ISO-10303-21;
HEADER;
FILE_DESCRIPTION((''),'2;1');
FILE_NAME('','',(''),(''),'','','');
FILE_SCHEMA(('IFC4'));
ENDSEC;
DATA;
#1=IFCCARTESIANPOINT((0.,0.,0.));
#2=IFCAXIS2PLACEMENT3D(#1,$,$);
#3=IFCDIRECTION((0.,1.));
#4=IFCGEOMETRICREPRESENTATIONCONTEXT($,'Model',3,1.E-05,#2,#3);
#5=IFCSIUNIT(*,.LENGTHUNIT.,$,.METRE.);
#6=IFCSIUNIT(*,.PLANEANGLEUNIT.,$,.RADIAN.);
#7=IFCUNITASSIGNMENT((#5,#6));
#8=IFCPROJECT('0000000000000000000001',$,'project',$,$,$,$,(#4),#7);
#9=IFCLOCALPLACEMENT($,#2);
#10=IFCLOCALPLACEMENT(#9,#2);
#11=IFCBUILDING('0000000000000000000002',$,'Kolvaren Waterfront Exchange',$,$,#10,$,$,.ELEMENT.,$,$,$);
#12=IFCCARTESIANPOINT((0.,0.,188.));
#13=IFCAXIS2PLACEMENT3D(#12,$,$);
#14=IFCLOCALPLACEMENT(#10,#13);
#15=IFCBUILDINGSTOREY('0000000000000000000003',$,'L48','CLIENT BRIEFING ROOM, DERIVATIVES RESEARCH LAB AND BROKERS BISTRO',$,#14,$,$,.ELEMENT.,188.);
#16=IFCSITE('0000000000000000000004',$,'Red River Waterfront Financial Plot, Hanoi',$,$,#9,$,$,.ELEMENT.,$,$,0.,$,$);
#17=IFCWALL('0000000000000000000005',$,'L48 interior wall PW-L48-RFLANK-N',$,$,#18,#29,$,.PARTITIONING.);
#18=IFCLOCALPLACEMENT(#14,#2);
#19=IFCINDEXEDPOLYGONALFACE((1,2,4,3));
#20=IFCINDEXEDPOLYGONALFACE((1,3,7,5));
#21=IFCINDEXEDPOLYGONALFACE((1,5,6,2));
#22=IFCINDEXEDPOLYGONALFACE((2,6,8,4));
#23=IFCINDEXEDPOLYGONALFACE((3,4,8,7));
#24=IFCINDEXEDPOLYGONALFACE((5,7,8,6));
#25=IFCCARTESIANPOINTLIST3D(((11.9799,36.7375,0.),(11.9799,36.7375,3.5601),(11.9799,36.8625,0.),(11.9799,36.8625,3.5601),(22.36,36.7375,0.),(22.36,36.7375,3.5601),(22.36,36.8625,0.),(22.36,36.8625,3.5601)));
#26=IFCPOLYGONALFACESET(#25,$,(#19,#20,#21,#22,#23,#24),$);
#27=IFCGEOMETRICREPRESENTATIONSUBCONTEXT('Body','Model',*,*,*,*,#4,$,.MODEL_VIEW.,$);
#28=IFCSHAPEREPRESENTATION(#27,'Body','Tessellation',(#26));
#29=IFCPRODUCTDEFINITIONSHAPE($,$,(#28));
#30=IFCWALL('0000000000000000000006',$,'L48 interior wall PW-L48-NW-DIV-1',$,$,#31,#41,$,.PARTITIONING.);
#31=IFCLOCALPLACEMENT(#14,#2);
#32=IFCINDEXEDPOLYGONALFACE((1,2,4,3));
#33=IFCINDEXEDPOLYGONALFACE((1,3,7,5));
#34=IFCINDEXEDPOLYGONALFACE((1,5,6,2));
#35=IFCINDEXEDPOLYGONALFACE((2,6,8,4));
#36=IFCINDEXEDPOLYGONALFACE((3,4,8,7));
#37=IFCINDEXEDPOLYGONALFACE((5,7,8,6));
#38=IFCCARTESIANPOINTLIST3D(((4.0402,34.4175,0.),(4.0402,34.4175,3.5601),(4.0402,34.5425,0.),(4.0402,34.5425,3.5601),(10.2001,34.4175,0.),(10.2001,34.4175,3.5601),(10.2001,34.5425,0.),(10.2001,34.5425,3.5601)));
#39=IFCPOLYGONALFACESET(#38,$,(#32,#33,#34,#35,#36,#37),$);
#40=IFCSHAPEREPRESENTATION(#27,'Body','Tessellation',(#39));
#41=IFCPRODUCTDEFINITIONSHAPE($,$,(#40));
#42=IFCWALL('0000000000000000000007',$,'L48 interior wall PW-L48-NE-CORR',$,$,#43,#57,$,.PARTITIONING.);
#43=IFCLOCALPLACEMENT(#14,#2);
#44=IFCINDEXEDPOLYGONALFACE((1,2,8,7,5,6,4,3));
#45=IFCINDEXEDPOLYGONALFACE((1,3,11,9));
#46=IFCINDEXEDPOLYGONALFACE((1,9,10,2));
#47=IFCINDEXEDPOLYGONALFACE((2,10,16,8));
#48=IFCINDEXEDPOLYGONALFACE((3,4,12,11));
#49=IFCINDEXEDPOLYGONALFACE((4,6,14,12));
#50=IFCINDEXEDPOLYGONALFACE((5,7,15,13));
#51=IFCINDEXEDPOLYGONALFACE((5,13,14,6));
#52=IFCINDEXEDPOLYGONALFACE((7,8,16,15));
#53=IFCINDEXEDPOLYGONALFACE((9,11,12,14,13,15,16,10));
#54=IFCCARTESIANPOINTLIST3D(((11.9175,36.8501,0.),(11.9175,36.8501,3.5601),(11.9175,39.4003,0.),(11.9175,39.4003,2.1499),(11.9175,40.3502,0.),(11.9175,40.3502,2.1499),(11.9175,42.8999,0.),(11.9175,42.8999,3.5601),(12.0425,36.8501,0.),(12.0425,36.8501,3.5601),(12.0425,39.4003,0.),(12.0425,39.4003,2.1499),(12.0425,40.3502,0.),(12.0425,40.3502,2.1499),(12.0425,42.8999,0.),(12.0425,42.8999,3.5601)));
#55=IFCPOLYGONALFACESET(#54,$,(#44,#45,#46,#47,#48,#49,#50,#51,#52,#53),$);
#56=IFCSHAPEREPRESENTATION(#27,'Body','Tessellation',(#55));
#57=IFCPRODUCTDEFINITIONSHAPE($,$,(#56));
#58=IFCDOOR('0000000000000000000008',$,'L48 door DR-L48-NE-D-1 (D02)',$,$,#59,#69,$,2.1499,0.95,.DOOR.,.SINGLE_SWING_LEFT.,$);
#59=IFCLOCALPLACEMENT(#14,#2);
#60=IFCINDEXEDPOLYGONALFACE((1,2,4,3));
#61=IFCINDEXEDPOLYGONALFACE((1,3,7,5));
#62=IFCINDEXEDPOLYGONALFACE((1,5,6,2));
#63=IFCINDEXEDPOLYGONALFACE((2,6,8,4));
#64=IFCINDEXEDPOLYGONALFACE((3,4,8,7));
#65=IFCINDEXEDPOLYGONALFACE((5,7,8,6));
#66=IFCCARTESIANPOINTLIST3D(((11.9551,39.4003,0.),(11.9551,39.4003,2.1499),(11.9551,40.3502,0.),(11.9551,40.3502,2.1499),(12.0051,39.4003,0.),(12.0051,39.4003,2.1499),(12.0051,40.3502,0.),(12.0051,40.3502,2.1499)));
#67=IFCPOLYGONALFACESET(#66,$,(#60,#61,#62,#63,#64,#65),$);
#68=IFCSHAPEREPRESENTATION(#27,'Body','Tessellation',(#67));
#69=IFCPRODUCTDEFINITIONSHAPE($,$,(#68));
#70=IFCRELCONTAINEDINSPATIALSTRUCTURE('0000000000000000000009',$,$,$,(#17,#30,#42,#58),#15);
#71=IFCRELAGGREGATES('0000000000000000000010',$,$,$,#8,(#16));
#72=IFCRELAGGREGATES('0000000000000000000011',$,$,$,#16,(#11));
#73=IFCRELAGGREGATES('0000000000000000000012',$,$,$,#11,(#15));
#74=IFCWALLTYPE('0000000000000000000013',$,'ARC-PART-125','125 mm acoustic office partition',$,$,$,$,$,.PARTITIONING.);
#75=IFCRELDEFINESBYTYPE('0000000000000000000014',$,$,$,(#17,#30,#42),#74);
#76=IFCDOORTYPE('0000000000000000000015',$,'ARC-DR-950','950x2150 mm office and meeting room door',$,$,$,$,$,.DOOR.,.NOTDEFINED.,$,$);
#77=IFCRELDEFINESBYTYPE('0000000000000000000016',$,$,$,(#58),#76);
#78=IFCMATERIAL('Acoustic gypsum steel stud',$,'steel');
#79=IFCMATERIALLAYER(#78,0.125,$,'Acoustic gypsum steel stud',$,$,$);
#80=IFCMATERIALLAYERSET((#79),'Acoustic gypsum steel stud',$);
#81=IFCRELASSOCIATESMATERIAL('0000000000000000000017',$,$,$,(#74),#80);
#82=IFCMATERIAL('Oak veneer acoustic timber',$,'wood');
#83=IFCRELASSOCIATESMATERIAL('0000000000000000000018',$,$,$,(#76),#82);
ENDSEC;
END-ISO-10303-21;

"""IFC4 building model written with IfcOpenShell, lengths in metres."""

from ifc_helpers import new_model, si_unit, direction, frame, frame_2d, origin, place, context, subcontext, project, spatial, rectangle, extrude, material, layer, layer_set, type_object, element, fill, save


model = new_model("IFC4")

# Units and contexts
model_context = context("Model", 3, precision=1e-05, world=origin(), true_north=direction((0.0, 1.0)))
body_context = subcontext(model_context, "Body", "Model", "MODEL_VIEW")
ifc_project = project(units=[si_unit("LENGTHUNIT", "METRE"), si_unit("PLANEANGLEUNIT", "RADIAN")], contexts=[model_context])

# Site, building, storey
site_placement = place(None, origin())
site = spatial("IfcSite", under=ifc_project, at=site_placement, Name="Red River Waterfront Financial Plot, Hanoi", CompositionType="ELEMENT", RefElevation=0.0)
building_placement = place(site_placement, origin())
building = spatial("IfcBuilding", under=site, at=building_placement, Name="Kolvaren Waterfront Exchange", CompositionType="ELEMENT")
storey_placement = place(building_placement, frame((0.0, 0.0, 188.0)))
storey = spatial("IfcBuildingStorey", under=building, at=storey_placement, Name="L48", Description="CLIENT BRIEFING ROOM, DERIVATIVES RESEARCH LAB AND BROKERS BISTRO", CompositionType="ELEMENT", Elevation=188.0)

# Walls
ifc_material_1 = material(Name="Acoustic gypsum steel stud", Category="steel")
ifc_layer_1 = layer(ifc_material_1, 0.125, Name="Acoustic gypsum steel stud")
ifc_layer_set_1 = layer_set([ifc_layer_1], Name="Acoustic gypsum steel stud")
wall_type = type_object("IfcWallType", Name="ARC-PART-125", Description="125 mm acoustic office partition", PredefinedType="PARTITIONING", material=ifc_layer_set_1)
wall_1_placement = place(storey_placement, frame((11.98, 36.8, 0.0), z_axis=(0.0, 0.0, 1.0), x_axis=(1.0, 0.0, 0.0)))
element("IfcWall", 1, at=wall_1_placement, inside=storey, type_object=wall_type, Name="L48 interior wall PW-L48-RFLANK-N", PredefinedType="PARTITIONING", context=body_context, shape_type="SweptSolid", body=[
    extrude(rectangle(XDim=10.3801, YDim=0.125, at=frame_2d((5.1899, 0.0))), origin(), (0.0, 0.0, 1.0), 3.5601),
])
wall_2_placement = place(storey_placement, frame((4.04, 34.48, 0.0), z_axis=(0.0, 0.0, 1.0), x_axis=(1.0, 0.0, 0.0)))
element("IfcWall", 2, at=wall_2_placement, inside=storey, type_object=wall_type, Name="L48 interior wall PW-L48-NW-DIV-1", PredefinedType="PARTITIONING", context=body_context, shape_type="SweptSolid", body=[
    extrude(rectangle(XDim=6.1599, YDim=0.125, at=frame_2d((3.0801, 0.0))), origin(), (0.0, 0.0, 1.0), 3.5601),
])

# Wall, opening, door
wall_3_placement = place(storey_placement, frame((11.98, 36.8501, 0.0), z_axis=(0.0, 0.0, 1.0), x_axis=(0.0, 1.0, 0.0)))
wall_3 = element("IfcWall", 3, at=wall_3_placement, inside=storey, type_object=wall_type, Name="L48 interior wall PW-L48-NE-CORR", PredefinedType="PARTITIONING", context=body_context, shape_type="SweptSolid", body=[
    extrude(rectangle(XDim=6.0498, YDim=0.125, at=frame_2d((3.0249, 0.0))), origin(), (0.0, 0.0, 1.0), 3.5601),
])
opening_placement = place(wall_3_placement, frame((2.55, 0.0, 0.0)))
opening = element("IfcOpeningElement", 4, at=opening_placement, cuts=wall_3, PredefinedType="OPENING", context=body_context, shape_type="SweptSolid", body=[
    extrude(rectangle(XDim=0.95, YDim=2.1499, at=frame_2d((0.4751, 1.075))), frame((0.0, 0.0725, 0.0), z_axis=(0.0, -1.0, 0.0), x_axis=(1.0, 0.0, 0.0)), (0.0, 0.0, 1.0), 0.145),
])
ifc_material_2 = material(Name="Oak veneer acoustic timber", Category="wood")
door_type = type_object("IfcDoorType", Name="ARC-DR-950", Description="950x2150 mm office and meeting room door", OperationType="NOTDEFINED", PredefinedType="DOOR", material=ifc_material_2)
door_placement = place(opening_placement, origin())
door = element("IfcDoor", 5, at=door_placement, inside=storey, type_object=door_type, Name="L48 door DR-L48-NE-D-1 (D02)", OperationType="SINGLE_SWING_LEFT", OverallHeight=2.1499, OverallWidth=0.95, PredefinedType="DOOR", context=body_context, shape_type="SweptSolid", body=[
    extrude(rectangle(XDim=0.95, YDim=2.1499, at=frame_2d((0.4751, 1.075))), frame((0.0, 0.0249, 0.0), z_axis=(0.0, -1.0, 0.0), x_axis=(1.0, 0.0, 0.0)), (0.0, 0.0, 1.0), 0.05),
])
fill(opening, door)

save(model, "model.ifc")
